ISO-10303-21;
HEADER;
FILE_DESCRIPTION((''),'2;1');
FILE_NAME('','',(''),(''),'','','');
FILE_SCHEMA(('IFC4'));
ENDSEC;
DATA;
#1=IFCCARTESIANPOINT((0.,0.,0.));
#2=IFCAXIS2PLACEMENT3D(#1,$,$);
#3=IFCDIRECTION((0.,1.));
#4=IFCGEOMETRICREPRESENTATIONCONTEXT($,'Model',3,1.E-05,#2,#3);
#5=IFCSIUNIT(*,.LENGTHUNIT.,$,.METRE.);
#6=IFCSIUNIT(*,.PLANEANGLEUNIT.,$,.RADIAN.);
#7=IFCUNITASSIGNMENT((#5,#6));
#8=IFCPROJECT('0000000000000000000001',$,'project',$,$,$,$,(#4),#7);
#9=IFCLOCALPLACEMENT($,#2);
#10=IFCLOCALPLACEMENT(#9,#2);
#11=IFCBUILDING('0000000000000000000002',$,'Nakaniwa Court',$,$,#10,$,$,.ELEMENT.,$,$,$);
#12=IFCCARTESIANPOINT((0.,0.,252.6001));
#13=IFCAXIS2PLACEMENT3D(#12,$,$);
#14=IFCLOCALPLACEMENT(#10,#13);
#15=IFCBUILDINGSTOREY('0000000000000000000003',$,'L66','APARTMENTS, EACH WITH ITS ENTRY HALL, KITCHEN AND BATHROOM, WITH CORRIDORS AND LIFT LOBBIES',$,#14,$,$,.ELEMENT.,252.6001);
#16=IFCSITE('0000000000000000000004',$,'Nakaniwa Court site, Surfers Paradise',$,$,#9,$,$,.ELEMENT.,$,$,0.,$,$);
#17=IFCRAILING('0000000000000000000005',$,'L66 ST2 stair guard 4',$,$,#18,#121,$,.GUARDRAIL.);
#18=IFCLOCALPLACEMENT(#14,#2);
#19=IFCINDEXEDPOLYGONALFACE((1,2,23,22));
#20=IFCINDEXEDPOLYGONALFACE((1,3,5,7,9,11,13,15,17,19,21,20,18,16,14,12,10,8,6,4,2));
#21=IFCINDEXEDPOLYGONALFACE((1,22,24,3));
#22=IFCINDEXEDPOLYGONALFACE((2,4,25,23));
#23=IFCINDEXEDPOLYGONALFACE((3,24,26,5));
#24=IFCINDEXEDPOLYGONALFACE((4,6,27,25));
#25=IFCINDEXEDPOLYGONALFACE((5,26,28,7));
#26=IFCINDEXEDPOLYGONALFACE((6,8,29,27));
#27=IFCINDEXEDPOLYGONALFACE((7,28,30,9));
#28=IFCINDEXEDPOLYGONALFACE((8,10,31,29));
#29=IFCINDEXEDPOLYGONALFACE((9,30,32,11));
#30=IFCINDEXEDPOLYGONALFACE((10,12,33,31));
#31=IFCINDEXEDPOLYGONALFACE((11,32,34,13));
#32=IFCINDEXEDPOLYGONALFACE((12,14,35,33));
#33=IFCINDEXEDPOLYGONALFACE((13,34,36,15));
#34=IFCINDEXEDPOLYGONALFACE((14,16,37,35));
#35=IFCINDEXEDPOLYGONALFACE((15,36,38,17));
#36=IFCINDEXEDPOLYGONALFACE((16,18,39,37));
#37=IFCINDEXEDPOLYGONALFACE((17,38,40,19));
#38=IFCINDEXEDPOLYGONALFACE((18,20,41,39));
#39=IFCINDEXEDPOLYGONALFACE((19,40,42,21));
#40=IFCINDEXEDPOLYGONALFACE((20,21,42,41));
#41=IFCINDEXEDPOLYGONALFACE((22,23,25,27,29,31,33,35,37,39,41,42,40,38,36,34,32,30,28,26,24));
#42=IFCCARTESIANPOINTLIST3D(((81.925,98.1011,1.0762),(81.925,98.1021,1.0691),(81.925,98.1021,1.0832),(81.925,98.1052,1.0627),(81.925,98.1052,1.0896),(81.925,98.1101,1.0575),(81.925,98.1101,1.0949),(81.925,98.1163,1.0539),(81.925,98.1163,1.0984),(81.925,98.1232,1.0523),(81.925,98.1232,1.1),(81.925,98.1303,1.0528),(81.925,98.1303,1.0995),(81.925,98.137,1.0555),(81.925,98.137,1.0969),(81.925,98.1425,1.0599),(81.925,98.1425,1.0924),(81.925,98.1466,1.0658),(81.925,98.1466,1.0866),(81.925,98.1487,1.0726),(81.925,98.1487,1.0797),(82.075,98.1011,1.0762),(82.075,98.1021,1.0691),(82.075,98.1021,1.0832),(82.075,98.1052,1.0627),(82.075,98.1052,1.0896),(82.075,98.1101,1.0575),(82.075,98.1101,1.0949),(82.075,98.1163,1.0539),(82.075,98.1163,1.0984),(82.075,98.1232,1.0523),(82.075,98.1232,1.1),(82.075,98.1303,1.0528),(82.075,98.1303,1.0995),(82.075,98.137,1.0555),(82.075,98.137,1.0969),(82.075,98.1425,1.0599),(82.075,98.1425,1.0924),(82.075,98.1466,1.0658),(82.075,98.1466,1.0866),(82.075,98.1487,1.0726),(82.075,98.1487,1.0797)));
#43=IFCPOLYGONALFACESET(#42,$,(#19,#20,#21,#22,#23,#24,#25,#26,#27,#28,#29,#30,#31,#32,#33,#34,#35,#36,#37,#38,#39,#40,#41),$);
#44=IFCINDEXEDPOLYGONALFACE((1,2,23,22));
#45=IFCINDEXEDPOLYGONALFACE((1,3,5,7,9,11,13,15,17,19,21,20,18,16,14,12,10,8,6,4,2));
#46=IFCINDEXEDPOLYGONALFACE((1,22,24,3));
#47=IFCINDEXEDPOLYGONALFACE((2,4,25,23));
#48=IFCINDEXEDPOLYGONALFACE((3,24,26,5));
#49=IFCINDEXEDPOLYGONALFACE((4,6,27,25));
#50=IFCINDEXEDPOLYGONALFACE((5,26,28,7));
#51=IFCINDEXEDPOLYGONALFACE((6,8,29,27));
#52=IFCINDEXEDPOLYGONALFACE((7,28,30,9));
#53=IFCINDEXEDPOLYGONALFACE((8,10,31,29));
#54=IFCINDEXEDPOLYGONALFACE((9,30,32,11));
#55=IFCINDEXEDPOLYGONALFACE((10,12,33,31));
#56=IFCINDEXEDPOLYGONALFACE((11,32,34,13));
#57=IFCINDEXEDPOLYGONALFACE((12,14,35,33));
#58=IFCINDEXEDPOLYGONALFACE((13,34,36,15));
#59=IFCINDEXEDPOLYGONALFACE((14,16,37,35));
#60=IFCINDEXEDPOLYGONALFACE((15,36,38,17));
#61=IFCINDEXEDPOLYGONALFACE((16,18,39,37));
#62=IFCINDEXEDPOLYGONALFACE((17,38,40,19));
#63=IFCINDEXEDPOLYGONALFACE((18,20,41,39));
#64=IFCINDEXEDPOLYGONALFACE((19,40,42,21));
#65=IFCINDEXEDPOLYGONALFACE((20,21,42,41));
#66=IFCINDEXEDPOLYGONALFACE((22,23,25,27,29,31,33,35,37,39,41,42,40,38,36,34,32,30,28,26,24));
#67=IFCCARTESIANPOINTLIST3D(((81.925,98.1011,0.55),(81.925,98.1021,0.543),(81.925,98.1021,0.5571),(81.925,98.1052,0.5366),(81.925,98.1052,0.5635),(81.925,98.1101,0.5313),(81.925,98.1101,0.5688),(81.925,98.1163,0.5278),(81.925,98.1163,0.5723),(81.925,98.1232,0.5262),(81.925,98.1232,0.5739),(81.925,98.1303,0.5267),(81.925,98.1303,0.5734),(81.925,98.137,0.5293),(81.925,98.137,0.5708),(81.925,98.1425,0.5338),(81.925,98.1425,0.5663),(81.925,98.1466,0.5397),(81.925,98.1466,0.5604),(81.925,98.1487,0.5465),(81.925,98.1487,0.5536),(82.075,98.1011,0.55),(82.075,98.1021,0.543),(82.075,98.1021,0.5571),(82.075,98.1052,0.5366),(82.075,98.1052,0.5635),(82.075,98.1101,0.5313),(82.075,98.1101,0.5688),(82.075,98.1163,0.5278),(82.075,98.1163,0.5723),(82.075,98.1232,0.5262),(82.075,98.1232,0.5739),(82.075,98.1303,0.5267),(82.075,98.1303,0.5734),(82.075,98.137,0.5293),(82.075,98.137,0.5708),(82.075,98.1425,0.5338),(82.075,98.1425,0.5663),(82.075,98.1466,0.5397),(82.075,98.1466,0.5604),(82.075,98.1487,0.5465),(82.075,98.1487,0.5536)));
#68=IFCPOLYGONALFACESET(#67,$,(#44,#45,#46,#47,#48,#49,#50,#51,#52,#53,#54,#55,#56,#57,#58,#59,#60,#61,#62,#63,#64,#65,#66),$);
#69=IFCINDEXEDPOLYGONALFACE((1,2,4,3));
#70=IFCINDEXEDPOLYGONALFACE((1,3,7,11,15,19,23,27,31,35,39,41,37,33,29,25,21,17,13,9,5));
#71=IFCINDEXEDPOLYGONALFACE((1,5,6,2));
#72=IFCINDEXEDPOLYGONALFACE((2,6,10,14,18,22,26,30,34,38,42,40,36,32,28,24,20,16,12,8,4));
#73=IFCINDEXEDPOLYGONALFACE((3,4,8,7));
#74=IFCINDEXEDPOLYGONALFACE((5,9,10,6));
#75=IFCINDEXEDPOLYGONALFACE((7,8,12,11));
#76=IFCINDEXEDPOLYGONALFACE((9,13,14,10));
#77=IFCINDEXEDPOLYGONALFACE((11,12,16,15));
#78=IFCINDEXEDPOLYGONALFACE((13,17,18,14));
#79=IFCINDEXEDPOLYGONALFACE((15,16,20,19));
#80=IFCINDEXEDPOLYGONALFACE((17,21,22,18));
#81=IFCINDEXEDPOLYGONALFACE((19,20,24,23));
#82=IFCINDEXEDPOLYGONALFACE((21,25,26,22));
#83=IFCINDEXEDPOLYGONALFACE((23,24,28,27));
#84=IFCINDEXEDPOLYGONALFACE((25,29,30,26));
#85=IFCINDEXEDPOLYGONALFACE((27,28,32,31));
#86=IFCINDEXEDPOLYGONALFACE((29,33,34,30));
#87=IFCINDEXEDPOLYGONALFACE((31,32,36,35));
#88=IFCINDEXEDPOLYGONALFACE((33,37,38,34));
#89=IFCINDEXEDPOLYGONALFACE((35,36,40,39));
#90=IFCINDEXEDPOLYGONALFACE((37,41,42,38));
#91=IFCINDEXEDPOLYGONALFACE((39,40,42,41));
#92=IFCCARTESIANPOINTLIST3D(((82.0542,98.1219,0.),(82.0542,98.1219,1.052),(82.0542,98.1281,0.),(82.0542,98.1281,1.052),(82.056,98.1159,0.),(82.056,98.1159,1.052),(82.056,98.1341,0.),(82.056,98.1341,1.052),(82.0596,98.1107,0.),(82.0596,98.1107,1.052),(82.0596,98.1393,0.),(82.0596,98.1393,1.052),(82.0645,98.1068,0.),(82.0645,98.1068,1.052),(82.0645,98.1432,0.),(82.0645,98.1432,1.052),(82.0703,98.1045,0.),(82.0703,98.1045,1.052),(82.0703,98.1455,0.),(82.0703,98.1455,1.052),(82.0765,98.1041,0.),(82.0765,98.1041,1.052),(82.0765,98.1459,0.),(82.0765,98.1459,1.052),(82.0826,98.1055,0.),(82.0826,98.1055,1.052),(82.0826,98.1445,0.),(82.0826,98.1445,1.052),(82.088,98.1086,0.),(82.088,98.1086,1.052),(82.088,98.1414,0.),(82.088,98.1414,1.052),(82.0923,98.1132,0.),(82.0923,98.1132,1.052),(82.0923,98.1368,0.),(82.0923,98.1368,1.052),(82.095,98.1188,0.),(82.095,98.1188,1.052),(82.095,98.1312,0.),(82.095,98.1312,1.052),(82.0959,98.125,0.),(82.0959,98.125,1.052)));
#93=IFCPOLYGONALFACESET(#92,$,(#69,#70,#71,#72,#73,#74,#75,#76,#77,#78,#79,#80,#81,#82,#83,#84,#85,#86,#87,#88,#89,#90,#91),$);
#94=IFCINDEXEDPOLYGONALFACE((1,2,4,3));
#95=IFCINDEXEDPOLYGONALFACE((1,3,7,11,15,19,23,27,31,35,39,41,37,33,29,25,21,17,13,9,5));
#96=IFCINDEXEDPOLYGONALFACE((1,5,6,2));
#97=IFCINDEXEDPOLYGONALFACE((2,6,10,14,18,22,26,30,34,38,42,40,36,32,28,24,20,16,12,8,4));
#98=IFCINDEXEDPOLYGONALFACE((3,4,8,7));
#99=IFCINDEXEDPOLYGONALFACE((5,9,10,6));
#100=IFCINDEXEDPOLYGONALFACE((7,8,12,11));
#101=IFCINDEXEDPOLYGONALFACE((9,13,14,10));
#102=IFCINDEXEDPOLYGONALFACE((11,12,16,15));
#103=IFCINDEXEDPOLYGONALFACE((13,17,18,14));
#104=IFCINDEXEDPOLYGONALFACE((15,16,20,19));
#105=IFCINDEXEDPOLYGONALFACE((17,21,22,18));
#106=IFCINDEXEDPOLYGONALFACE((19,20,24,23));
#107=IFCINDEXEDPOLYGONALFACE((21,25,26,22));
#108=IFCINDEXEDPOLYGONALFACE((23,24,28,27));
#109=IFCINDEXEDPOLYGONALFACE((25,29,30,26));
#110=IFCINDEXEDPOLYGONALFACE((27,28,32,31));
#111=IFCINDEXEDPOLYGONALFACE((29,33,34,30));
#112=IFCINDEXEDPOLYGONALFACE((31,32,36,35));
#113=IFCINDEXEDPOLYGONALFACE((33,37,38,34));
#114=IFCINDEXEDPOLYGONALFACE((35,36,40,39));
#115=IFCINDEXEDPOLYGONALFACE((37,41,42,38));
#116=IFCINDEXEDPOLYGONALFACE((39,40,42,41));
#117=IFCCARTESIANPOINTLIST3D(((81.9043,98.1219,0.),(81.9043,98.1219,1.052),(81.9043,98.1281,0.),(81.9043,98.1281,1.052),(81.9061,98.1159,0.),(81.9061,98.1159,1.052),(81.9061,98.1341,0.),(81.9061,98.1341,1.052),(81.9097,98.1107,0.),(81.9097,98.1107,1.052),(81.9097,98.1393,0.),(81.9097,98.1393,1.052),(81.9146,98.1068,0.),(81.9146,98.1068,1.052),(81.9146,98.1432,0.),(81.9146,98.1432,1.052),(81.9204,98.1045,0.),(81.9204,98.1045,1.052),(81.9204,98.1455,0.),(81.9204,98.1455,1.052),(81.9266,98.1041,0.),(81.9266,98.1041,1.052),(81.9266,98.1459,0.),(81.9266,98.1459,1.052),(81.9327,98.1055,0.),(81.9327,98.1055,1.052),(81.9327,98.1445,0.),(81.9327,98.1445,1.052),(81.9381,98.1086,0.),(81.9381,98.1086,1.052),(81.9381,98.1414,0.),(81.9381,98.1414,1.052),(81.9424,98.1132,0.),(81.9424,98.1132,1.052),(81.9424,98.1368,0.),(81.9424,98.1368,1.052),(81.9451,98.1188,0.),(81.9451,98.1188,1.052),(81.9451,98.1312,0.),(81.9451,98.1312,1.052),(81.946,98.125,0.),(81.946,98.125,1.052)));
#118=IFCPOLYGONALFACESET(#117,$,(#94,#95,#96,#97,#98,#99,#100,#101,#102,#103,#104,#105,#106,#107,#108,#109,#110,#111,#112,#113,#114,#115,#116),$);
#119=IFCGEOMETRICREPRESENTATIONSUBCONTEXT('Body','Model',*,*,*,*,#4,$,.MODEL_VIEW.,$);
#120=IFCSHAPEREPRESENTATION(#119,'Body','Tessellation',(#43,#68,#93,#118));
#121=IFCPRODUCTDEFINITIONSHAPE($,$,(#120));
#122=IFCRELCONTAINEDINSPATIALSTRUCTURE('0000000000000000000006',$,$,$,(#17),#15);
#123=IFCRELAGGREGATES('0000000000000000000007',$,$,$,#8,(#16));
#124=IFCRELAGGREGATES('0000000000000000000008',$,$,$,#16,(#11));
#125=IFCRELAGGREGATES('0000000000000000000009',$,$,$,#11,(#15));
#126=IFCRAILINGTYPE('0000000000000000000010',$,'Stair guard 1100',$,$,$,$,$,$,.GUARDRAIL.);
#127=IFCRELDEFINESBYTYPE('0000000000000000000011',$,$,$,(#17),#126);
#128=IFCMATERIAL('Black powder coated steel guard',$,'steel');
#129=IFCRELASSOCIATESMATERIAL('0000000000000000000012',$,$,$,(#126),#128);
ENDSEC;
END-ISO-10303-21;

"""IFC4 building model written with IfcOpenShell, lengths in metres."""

from ifc_helpers import new_model, si_unit, direction, frame, origin, origin_2d, place, context, subcontext, project, spatial, circle, extrude, material, type_object, element, save


model = new_model("IFC4")

# Units and contexts
model_context = context("Model", 3, precision=1e-05, world=origin(), true_north=direction((0.0, 1.0)))
body_context = subcontext(model_context, "Body", "Model", "MODEL_VIEW")
ifc_project = project(units=[si_unit("LENGTHUNIT", "METRE"), si_unit("PLANEANGLEUNIT", "RADIAN")], contexts=[model_context])

# Site, building, storey
site_placement = place(None, origin())
site = spatial("IfcSite", under=ifc_project, at=site_placement, Name="Nakaniwa Court site, Surfers Paradise", CompositionType="ELEMENT", RefElevation=0.0)
building_placement = place(site_placement, origin())
building = spatial("IfcBuilding", under=site, at=building_placement, Name="Nakaniwa Court", CompositionType="ELEMENT")
storey_placement = place(building_placement, frame((0.0, 0.0, 252.6001)))
storey = spatial("IfcBuildingStorey", under=building, at=storey_placement, Name="L66", Description="APARTMENTS, EACH WITH ITS ENTRY HALL, KITCHEN AND BATHROOM, WITH CORRIDORS AND LIFT LOBBIES", CompositionType="ELEMENT", Elevation=252.6001)

# Railing
ifc_material_1 = material(Name="Black powder coated steel guard", Category="steel")
railing_type_1 = type_object("IfcRailingType", Name="Stair guard 1100", PredefinedType="GUARDRAIL", material=ifc_material_1)
railing_1_placement = place(storey_placement, frame((82.075, 98.125, 0.0)))
element("IfcRailing", 1, at=railing_1_placement, inside=storey, type_object=railing_type_1, Name="L66 ST2 stair guard 4", PredefinedType="GUARDRAIL", context=body_context, shape_type="SweptSolid", body=[
    extrude(circle(Radius=0.0239, at=origin_2d()), frame((0.0, 0.0, 1.0762), z_axis=(-1.0, 0.0, 0.0), x_axis=(0.0, -1.0, 0.0)), (0.0, 0.0, 1.0), 0.1499),
    extrude(circle(Radius=0.0239, at=origin_2d()), frame((0.0, 0.0, 0.55), z_axis=(-1.0, 0.0, 0.0), x_axis=(0.0, -1.0, 0.0)), (0.0, 0.0, 1.0), 0.1499),
    extrude(circle(Radius=0.021, at=origin_2d()), origin(), (0.0, 0.0, 1.0), 1.052),
    extrude(circle(Radius=0.021, at=origin_2d()), frame((-0.1499, 0.0, 0.0)), (0.0, 0.0, 1.0), 1.052),
])

save(model, "model.ifc")
